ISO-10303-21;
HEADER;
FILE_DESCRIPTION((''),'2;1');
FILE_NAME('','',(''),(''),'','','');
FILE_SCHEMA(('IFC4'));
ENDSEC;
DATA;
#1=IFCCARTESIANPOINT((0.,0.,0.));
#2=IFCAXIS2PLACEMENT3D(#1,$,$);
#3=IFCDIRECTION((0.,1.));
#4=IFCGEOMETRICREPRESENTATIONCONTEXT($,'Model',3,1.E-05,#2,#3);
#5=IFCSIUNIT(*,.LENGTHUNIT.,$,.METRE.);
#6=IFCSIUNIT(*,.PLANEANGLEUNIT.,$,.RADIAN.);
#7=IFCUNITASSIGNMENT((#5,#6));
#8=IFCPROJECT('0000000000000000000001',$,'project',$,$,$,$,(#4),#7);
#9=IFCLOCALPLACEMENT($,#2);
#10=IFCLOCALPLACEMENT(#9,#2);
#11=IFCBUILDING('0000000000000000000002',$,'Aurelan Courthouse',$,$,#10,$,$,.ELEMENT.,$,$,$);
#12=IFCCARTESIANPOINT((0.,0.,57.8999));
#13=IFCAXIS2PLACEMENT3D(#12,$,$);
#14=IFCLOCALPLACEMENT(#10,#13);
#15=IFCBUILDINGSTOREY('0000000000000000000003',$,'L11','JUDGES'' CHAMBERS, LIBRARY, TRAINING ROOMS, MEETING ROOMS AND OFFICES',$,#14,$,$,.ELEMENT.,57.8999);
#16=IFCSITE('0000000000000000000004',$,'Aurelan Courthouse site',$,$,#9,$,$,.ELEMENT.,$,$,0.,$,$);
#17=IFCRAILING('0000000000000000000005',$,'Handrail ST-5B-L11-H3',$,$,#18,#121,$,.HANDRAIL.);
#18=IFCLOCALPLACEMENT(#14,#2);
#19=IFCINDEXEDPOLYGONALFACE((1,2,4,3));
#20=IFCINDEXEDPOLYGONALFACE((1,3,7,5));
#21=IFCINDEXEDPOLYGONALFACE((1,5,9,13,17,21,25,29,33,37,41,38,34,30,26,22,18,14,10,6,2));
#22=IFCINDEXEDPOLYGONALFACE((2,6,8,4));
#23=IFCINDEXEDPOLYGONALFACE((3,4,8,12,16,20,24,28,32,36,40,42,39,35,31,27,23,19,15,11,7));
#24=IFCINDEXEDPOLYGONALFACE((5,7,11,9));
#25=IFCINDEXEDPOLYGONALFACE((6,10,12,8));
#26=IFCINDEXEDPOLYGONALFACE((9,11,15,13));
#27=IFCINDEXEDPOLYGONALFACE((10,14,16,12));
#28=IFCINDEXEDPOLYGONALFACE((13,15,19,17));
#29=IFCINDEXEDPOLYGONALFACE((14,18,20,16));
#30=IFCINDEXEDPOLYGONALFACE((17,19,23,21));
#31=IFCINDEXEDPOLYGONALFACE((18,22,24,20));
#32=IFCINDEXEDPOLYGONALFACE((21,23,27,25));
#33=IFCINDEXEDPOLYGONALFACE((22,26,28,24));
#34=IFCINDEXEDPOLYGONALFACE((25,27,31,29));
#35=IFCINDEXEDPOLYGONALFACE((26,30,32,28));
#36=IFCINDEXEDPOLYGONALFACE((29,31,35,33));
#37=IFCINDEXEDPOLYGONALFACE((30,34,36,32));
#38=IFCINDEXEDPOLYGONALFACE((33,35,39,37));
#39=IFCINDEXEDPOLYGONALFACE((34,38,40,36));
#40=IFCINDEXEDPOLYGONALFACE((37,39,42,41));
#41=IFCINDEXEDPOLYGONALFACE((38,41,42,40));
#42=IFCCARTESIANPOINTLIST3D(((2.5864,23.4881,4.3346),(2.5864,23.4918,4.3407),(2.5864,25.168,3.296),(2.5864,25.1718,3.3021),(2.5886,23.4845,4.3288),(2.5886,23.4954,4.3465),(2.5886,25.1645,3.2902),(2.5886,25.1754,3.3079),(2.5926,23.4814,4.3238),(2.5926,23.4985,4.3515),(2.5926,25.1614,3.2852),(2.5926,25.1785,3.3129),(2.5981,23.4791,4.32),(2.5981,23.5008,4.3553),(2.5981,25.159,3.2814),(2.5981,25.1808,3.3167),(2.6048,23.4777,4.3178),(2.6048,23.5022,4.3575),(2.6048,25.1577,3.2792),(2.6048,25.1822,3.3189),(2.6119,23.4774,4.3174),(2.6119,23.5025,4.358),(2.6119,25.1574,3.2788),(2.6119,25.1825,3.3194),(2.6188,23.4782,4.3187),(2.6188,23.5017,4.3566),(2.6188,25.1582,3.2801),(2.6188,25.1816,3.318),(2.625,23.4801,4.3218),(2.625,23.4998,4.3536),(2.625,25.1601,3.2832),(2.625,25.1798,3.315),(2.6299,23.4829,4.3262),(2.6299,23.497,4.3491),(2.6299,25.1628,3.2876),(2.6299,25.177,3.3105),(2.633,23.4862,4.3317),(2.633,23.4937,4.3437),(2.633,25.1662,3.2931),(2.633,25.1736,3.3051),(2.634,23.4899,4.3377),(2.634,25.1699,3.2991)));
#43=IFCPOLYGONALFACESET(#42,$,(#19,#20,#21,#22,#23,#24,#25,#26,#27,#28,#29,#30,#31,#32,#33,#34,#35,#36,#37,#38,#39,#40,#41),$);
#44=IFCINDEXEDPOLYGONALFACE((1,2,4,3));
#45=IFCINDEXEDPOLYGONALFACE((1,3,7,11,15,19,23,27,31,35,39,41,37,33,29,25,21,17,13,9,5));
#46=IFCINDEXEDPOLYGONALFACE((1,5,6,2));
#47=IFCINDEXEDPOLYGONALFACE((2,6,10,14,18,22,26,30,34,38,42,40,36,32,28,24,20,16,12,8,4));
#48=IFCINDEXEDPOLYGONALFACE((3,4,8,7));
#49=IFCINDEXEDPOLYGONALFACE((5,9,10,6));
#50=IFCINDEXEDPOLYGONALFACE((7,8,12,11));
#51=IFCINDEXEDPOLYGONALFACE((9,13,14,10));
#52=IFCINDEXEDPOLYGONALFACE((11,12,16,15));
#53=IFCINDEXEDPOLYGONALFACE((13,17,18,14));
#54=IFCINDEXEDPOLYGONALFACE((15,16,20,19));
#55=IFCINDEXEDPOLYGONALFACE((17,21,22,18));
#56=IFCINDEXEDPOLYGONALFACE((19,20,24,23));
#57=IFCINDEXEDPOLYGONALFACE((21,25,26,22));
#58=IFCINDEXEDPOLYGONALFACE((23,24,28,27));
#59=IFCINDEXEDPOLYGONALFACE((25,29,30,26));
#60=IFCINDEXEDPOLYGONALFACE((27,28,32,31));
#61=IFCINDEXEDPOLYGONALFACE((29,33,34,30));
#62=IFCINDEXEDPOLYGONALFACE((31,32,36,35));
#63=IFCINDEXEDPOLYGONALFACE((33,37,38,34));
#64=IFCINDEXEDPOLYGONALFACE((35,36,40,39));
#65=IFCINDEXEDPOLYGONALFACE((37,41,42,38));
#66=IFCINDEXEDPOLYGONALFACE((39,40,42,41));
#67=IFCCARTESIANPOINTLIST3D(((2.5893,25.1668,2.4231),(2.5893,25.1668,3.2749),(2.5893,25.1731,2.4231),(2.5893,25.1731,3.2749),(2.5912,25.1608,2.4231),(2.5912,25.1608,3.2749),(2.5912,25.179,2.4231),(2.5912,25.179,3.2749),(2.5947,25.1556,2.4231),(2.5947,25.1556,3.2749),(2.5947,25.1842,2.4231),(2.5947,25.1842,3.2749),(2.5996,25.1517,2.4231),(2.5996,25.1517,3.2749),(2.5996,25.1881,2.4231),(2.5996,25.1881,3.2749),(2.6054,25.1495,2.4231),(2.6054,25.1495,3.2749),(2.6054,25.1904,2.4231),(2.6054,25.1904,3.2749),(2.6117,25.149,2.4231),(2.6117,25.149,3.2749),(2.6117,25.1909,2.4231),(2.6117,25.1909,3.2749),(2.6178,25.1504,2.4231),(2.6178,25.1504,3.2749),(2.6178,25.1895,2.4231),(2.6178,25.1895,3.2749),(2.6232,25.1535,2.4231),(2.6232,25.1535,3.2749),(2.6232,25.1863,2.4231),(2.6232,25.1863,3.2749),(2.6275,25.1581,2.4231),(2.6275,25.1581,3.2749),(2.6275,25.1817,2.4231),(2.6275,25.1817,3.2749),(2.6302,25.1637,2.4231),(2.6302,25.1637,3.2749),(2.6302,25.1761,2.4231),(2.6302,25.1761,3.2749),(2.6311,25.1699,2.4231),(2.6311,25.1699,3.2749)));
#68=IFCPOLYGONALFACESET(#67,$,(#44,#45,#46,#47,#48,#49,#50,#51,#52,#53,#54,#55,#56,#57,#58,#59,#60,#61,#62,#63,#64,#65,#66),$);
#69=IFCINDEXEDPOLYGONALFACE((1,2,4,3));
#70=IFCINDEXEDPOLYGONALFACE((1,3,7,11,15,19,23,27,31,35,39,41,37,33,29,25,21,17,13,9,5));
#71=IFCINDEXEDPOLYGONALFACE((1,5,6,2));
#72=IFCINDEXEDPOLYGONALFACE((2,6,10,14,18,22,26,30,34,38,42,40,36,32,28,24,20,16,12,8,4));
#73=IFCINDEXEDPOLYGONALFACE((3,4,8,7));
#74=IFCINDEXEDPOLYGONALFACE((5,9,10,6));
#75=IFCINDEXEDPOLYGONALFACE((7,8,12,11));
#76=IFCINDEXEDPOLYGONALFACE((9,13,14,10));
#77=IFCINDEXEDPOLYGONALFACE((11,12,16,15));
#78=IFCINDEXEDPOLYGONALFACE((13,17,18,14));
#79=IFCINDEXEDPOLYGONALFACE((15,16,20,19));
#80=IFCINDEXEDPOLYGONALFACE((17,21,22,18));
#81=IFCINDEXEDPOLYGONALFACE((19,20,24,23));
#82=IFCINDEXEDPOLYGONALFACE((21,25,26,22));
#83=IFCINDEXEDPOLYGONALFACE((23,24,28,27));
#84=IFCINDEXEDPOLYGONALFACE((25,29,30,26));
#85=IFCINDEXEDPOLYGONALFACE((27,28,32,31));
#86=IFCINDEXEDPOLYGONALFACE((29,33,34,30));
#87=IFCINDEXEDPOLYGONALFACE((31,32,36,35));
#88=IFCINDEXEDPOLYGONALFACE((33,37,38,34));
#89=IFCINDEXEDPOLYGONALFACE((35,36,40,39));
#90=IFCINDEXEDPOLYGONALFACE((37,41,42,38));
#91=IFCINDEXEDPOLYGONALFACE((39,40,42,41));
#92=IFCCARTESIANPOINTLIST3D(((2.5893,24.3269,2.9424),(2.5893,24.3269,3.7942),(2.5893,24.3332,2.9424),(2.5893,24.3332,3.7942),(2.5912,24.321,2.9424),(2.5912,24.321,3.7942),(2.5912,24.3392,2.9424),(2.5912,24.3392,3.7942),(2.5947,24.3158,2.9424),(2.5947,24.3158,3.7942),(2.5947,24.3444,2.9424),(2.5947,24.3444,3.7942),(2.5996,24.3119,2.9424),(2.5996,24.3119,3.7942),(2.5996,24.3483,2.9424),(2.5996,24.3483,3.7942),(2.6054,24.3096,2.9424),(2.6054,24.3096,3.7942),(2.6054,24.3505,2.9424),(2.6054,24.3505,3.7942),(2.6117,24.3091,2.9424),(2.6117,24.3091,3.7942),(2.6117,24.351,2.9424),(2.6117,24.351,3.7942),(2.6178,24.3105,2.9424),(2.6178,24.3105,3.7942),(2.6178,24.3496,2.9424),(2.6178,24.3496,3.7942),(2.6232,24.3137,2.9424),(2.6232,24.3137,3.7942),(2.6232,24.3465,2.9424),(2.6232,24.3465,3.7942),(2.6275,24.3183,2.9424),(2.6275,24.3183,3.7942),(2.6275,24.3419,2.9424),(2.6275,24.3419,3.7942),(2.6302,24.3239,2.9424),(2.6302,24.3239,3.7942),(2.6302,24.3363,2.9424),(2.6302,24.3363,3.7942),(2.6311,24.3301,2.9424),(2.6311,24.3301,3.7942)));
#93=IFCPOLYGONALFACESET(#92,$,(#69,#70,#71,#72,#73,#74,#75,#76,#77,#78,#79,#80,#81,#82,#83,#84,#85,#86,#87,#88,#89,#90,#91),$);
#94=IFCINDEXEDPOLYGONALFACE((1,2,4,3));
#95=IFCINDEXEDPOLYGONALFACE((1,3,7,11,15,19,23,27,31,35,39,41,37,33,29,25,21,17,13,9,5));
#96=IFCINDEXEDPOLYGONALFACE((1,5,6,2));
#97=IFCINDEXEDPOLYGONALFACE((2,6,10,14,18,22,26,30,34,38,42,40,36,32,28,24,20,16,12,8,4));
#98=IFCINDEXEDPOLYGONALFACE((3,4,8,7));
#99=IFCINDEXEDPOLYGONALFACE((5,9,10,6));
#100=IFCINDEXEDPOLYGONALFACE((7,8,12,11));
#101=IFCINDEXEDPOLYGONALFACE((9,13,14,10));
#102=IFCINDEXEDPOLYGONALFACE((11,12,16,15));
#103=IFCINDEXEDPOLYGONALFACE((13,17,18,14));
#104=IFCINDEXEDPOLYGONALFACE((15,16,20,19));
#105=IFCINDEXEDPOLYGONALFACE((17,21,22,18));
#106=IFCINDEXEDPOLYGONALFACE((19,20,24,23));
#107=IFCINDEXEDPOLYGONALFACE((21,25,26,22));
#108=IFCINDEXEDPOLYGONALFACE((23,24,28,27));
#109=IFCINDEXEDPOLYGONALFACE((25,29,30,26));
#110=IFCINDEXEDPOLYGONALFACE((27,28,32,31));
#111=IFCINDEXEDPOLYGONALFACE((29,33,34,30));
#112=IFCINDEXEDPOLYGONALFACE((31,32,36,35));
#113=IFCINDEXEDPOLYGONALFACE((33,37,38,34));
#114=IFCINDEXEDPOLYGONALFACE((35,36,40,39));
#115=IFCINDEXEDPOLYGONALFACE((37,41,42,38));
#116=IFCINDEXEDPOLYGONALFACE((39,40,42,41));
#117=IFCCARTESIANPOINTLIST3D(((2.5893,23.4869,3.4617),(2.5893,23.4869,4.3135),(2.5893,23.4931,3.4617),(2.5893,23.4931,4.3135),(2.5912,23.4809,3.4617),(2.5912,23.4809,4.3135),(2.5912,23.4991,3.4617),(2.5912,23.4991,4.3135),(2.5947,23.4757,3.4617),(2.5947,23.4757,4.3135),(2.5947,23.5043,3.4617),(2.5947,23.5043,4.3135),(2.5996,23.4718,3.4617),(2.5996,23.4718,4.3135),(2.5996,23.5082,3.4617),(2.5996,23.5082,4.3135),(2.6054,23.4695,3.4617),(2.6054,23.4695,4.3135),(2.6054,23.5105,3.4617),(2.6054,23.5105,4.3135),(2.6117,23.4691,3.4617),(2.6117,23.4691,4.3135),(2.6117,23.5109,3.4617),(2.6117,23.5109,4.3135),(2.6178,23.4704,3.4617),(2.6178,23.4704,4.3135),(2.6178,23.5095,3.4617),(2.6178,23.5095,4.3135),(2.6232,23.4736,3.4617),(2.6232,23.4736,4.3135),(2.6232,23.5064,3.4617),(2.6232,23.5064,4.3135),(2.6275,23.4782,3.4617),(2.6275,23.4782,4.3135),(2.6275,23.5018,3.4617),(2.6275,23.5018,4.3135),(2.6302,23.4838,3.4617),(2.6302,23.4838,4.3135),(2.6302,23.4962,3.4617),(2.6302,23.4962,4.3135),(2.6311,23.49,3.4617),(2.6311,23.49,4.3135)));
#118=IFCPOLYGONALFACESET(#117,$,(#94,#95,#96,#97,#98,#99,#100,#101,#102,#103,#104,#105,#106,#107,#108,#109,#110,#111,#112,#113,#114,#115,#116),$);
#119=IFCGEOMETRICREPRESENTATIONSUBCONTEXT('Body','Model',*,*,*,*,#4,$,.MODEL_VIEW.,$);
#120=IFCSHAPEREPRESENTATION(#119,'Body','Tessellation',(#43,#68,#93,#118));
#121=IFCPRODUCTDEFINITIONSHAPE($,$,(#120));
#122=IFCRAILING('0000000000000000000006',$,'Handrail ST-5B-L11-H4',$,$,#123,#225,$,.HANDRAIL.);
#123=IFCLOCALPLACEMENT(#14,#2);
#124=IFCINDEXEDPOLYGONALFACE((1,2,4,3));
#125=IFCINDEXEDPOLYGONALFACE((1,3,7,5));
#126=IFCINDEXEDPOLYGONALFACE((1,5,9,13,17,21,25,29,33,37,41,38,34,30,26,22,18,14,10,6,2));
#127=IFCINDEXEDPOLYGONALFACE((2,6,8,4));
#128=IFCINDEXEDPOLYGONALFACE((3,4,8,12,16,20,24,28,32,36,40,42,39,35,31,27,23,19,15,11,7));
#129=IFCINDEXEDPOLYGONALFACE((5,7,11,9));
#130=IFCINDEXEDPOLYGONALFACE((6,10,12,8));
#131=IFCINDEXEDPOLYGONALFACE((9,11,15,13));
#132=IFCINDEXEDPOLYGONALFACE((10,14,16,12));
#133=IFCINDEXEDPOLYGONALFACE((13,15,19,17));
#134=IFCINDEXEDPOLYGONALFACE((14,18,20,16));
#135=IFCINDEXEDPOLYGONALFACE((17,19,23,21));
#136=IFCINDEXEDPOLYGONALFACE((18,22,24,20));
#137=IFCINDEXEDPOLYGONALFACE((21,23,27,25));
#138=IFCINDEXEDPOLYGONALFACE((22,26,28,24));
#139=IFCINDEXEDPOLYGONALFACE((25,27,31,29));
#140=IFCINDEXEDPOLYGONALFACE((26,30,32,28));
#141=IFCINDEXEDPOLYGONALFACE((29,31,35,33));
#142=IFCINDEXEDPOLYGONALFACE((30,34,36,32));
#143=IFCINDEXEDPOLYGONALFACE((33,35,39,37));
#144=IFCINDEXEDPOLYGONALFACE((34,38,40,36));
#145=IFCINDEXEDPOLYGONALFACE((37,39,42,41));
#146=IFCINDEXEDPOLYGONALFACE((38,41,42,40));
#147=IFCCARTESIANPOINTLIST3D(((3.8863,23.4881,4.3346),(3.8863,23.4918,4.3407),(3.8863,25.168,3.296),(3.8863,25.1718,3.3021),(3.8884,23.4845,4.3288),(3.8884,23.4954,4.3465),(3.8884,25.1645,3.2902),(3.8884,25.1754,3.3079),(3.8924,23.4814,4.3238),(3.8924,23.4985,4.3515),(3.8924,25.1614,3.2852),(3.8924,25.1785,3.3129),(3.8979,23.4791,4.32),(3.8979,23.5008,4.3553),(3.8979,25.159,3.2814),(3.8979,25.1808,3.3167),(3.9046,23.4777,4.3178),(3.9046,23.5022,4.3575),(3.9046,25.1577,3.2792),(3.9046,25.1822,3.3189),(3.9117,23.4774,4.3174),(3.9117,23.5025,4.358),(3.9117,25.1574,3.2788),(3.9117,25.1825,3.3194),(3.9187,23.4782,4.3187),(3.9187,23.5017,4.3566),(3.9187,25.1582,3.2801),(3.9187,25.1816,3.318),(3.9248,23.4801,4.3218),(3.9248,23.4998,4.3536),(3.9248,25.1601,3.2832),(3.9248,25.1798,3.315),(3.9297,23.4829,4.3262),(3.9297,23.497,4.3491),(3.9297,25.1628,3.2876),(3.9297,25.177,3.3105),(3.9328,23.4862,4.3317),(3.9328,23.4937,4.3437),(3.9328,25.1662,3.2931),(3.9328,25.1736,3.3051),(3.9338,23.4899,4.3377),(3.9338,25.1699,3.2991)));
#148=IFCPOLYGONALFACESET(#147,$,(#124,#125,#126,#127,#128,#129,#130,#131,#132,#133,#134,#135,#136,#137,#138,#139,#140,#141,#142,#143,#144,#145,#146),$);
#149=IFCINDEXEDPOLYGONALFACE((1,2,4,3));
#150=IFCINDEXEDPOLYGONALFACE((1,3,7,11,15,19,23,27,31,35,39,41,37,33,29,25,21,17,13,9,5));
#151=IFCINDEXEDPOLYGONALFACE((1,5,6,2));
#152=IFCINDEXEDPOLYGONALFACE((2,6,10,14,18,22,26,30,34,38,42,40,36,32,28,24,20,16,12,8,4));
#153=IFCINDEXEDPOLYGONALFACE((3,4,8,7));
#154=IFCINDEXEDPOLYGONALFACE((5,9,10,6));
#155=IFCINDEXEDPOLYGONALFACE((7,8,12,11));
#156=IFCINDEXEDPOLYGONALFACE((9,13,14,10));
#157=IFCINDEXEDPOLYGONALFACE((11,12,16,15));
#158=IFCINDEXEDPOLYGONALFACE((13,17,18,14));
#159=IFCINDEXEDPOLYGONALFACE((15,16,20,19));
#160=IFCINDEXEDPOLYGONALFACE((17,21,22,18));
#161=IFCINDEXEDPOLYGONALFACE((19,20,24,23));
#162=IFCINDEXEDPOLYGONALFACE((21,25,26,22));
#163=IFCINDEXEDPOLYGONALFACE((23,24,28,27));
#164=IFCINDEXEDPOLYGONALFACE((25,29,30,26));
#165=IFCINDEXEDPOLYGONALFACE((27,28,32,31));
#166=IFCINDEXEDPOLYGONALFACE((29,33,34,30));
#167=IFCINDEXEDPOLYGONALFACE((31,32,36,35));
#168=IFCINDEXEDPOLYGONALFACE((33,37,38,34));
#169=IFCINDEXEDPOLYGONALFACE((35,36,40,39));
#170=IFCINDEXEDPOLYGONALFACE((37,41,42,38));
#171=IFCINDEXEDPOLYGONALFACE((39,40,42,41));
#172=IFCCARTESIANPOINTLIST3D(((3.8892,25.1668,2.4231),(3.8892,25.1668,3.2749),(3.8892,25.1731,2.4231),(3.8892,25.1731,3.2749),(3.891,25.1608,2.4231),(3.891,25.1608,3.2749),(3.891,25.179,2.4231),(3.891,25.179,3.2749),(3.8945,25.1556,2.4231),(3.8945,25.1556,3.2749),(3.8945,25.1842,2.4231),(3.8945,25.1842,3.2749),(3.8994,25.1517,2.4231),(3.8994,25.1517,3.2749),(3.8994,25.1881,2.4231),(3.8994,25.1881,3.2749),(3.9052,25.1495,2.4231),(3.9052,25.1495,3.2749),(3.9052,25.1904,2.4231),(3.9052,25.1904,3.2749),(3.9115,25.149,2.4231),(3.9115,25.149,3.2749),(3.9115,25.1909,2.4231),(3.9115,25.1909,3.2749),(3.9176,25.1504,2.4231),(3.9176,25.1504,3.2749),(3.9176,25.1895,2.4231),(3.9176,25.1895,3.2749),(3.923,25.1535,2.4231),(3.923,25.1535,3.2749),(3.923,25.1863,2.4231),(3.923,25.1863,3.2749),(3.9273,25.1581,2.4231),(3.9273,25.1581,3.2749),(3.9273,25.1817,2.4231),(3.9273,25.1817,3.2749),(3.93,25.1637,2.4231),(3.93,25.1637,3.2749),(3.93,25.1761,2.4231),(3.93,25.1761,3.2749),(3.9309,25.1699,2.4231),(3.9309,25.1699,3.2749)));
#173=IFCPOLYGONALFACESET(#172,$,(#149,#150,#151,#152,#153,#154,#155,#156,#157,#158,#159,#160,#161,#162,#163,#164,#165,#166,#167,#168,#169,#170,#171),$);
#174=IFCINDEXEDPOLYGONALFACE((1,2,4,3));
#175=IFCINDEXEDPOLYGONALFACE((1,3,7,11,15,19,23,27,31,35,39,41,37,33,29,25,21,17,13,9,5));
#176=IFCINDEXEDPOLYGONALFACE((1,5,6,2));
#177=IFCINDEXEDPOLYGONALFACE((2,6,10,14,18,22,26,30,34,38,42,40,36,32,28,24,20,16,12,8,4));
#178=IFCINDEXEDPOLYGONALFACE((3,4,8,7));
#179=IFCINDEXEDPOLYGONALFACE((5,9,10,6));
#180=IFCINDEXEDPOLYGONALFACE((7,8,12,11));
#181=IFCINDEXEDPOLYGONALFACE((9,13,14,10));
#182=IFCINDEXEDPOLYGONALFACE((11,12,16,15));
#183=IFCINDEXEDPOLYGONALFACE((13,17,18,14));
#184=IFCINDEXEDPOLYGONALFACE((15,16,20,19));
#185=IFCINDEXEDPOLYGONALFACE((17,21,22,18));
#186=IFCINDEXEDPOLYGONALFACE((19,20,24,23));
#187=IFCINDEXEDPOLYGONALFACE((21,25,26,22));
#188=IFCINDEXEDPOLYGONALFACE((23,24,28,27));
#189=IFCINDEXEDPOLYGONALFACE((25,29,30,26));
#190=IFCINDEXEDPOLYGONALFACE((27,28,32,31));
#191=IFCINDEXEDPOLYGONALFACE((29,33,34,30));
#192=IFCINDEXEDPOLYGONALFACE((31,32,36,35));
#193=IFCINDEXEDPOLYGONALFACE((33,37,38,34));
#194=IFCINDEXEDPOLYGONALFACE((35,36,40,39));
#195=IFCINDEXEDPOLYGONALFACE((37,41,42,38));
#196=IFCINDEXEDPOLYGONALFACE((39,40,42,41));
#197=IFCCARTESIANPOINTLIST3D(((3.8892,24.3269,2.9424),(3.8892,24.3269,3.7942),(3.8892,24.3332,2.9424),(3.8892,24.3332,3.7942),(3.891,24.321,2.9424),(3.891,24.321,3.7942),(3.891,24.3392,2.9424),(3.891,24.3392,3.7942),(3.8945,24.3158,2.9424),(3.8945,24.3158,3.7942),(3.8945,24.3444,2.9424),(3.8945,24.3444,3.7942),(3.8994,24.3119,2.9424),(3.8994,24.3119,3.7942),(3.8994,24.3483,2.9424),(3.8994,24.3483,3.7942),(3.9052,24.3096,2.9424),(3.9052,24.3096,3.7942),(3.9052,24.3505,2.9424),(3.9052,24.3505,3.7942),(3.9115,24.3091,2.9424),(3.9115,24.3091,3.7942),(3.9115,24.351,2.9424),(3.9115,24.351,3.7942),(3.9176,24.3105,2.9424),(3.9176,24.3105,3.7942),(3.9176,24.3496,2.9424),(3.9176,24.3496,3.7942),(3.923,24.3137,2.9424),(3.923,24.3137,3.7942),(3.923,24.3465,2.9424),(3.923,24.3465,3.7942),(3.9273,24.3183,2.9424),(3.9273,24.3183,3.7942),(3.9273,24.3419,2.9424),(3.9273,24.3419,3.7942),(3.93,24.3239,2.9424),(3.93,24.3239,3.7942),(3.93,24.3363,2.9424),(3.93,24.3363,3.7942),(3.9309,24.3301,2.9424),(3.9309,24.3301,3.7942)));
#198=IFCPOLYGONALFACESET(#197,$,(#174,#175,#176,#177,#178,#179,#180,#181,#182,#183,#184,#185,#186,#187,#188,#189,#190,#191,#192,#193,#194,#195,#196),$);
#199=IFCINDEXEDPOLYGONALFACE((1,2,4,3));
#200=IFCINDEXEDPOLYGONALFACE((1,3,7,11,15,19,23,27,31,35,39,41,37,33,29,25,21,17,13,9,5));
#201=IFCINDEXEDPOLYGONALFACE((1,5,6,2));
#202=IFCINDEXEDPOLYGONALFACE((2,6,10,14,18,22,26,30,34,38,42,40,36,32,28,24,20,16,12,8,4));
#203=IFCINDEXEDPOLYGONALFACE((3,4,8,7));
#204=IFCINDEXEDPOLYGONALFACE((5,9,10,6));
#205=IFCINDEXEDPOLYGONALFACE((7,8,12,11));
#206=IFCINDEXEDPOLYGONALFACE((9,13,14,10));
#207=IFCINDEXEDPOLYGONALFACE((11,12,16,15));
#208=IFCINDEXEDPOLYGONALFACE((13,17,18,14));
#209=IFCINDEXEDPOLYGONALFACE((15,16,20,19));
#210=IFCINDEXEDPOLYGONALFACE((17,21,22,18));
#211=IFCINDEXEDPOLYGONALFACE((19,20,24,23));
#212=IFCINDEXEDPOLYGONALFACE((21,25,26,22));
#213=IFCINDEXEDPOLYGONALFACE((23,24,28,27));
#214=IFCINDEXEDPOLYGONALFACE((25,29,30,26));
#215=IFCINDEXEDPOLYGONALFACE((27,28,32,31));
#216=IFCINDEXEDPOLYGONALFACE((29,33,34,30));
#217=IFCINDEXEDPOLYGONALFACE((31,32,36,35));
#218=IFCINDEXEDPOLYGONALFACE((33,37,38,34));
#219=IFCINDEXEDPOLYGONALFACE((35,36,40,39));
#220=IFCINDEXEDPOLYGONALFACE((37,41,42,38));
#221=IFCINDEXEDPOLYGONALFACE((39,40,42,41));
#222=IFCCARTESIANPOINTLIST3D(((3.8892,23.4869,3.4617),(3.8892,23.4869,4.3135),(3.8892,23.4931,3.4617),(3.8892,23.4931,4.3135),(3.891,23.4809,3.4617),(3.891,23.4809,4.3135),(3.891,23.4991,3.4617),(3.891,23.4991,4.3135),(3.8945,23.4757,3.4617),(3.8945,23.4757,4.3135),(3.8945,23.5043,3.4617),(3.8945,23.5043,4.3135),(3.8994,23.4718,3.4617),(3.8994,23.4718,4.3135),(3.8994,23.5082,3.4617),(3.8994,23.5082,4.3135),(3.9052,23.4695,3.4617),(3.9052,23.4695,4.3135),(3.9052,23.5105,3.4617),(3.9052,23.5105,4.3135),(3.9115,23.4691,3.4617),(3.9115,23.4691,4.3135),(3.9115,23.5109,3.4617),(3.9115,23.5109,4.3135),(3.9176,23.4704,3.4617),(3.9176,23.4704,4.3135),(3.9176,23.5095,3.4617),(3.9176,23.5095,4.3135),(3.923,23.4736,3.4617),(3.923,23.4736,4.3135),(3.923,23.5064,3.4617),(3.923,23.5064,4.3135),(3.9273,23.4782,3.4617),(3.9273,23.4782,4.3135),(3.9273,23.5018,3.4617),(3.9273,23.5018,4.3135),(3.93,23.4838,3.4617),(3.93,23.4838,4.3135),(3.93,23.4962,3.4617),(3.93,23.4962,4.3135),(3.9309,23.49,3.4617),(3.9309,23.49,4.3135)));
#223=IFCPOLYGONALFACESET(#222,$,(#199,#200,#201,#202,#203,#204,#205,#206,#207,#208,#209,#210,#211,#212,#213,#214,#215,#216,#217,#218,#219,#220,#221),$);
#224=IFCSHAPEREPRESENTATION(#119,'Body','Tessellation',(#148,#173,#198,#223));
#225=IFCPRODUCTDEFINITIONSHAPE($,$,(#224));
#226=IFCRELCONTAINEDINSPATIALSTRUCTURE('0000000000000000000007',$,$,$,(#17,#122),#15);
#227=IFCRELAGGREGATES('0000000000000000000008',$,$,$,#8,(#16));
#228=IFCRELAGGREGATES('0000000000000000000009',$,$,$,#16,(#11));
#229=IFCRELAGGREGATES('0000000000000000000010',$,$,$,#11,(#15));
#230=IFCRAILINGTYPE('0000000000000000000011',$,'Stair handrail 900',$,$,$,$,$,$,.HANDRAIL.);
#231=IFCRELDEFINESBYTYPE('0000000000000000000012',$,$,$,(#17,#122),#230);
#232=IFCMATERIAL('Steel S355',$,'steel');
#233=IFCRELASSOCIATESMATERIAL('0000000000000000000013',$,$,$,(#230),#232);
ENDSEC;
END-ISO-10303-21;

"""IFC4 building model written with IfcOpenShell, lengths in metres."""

from ifc_helpers import new_model, si_unit, direction, frame, origin, origin_2d, place, context, subcontext, project, spatial, circle, extrude, material, type_object, element, save


model = new_model("IFC4")

# Units and contexts
model_context = context("Model", 3, precision=1e-05, world=origin(), true_north=direction((0.0, 1.0)))
body_context = subcontext(model_context, "Body", "Model", "MODEL_VIEW")
ifc_project = project(units=[si_unit("LENGTHUNIT", "METRE"), si_unit("PLANEANGLEUNIT", "RADIAN")], contexts=[model_context])

# Site, building, storey
site_placement = place(None, origin())
site = spatial("IfcSite", under=ifc_project, at=site_placement, Name="Aurelan Courthouse site", CompositionType="ELEMENT", RefElevation=0.0)
building_placement = place(site_placement, origin())
building = spatial("IfcBuilding", under=site, at=building_placement, Name="Aurelan Courthouse", CompositionType="ELEMENT")
storey_placement = place(building_placement, frame((0.0, 0.0, 57.8999)))
storey = spatial("IfcBuildingStorey", under=building, at=storey_placement, Name="L11", Description="JUDGES' CHAMBERS, LIBRARY, TRAINING ROOMS, MEETING ROOMS AND OFFICES", CompositionType="ELEMENT", Elevation=57.8999)

# Railings
ifc_material_1 = material(Name="Steel S355", Category="steel")
railing_type_1 = type_object("IfcRailingType", Name="Stair handrail 900", PredefinedType="HANDRAIL", material=ifc_material_1)
for number, where, name in (
    (1, (2.6101, 25.1699, 2.4231), "Handrail ST-5B-L11-H3"),
    (2, (3.9099, 25.1699, 2.4231), "Handrail ST-5B-L11-H4"),
):
    element("IfcRailing", number, at=place(storey_placement, frame(where)), inside=storey, type_object=railing_type_1, Name=name, PredefinedType="HANDRAIL", context=body_context, shape_type="SweptSolid", body=[
        extrude(circle(Radius=0.0239, at=origin_2d()), frame((0.0, 0.0, 0.876), z_axis=(0.0, -0.850578, 0.525848), x_axis=(1.0, 0.0, 0.0)), (0.0, 0.0, 1.0), 1.9751),
        extrude(circle(Radius=0.021, at=origin_2d()), origin(), (0.0, 0.0, 1.0), 0.8518),
        extrude(circle(Radius=0.021, at=origin_2d()), frame((0.0, -0.8398, 0.5193)), (0.0, 0.0, 1.0), 0.8518),
        extrude(circle(Radius=0.021, at=origin_2d()), frame((0.0, -1.6799, 1.0386)), (0.0, 0.0, 1.0), 0.8518),
    ])

save(model, "model.ifc")
